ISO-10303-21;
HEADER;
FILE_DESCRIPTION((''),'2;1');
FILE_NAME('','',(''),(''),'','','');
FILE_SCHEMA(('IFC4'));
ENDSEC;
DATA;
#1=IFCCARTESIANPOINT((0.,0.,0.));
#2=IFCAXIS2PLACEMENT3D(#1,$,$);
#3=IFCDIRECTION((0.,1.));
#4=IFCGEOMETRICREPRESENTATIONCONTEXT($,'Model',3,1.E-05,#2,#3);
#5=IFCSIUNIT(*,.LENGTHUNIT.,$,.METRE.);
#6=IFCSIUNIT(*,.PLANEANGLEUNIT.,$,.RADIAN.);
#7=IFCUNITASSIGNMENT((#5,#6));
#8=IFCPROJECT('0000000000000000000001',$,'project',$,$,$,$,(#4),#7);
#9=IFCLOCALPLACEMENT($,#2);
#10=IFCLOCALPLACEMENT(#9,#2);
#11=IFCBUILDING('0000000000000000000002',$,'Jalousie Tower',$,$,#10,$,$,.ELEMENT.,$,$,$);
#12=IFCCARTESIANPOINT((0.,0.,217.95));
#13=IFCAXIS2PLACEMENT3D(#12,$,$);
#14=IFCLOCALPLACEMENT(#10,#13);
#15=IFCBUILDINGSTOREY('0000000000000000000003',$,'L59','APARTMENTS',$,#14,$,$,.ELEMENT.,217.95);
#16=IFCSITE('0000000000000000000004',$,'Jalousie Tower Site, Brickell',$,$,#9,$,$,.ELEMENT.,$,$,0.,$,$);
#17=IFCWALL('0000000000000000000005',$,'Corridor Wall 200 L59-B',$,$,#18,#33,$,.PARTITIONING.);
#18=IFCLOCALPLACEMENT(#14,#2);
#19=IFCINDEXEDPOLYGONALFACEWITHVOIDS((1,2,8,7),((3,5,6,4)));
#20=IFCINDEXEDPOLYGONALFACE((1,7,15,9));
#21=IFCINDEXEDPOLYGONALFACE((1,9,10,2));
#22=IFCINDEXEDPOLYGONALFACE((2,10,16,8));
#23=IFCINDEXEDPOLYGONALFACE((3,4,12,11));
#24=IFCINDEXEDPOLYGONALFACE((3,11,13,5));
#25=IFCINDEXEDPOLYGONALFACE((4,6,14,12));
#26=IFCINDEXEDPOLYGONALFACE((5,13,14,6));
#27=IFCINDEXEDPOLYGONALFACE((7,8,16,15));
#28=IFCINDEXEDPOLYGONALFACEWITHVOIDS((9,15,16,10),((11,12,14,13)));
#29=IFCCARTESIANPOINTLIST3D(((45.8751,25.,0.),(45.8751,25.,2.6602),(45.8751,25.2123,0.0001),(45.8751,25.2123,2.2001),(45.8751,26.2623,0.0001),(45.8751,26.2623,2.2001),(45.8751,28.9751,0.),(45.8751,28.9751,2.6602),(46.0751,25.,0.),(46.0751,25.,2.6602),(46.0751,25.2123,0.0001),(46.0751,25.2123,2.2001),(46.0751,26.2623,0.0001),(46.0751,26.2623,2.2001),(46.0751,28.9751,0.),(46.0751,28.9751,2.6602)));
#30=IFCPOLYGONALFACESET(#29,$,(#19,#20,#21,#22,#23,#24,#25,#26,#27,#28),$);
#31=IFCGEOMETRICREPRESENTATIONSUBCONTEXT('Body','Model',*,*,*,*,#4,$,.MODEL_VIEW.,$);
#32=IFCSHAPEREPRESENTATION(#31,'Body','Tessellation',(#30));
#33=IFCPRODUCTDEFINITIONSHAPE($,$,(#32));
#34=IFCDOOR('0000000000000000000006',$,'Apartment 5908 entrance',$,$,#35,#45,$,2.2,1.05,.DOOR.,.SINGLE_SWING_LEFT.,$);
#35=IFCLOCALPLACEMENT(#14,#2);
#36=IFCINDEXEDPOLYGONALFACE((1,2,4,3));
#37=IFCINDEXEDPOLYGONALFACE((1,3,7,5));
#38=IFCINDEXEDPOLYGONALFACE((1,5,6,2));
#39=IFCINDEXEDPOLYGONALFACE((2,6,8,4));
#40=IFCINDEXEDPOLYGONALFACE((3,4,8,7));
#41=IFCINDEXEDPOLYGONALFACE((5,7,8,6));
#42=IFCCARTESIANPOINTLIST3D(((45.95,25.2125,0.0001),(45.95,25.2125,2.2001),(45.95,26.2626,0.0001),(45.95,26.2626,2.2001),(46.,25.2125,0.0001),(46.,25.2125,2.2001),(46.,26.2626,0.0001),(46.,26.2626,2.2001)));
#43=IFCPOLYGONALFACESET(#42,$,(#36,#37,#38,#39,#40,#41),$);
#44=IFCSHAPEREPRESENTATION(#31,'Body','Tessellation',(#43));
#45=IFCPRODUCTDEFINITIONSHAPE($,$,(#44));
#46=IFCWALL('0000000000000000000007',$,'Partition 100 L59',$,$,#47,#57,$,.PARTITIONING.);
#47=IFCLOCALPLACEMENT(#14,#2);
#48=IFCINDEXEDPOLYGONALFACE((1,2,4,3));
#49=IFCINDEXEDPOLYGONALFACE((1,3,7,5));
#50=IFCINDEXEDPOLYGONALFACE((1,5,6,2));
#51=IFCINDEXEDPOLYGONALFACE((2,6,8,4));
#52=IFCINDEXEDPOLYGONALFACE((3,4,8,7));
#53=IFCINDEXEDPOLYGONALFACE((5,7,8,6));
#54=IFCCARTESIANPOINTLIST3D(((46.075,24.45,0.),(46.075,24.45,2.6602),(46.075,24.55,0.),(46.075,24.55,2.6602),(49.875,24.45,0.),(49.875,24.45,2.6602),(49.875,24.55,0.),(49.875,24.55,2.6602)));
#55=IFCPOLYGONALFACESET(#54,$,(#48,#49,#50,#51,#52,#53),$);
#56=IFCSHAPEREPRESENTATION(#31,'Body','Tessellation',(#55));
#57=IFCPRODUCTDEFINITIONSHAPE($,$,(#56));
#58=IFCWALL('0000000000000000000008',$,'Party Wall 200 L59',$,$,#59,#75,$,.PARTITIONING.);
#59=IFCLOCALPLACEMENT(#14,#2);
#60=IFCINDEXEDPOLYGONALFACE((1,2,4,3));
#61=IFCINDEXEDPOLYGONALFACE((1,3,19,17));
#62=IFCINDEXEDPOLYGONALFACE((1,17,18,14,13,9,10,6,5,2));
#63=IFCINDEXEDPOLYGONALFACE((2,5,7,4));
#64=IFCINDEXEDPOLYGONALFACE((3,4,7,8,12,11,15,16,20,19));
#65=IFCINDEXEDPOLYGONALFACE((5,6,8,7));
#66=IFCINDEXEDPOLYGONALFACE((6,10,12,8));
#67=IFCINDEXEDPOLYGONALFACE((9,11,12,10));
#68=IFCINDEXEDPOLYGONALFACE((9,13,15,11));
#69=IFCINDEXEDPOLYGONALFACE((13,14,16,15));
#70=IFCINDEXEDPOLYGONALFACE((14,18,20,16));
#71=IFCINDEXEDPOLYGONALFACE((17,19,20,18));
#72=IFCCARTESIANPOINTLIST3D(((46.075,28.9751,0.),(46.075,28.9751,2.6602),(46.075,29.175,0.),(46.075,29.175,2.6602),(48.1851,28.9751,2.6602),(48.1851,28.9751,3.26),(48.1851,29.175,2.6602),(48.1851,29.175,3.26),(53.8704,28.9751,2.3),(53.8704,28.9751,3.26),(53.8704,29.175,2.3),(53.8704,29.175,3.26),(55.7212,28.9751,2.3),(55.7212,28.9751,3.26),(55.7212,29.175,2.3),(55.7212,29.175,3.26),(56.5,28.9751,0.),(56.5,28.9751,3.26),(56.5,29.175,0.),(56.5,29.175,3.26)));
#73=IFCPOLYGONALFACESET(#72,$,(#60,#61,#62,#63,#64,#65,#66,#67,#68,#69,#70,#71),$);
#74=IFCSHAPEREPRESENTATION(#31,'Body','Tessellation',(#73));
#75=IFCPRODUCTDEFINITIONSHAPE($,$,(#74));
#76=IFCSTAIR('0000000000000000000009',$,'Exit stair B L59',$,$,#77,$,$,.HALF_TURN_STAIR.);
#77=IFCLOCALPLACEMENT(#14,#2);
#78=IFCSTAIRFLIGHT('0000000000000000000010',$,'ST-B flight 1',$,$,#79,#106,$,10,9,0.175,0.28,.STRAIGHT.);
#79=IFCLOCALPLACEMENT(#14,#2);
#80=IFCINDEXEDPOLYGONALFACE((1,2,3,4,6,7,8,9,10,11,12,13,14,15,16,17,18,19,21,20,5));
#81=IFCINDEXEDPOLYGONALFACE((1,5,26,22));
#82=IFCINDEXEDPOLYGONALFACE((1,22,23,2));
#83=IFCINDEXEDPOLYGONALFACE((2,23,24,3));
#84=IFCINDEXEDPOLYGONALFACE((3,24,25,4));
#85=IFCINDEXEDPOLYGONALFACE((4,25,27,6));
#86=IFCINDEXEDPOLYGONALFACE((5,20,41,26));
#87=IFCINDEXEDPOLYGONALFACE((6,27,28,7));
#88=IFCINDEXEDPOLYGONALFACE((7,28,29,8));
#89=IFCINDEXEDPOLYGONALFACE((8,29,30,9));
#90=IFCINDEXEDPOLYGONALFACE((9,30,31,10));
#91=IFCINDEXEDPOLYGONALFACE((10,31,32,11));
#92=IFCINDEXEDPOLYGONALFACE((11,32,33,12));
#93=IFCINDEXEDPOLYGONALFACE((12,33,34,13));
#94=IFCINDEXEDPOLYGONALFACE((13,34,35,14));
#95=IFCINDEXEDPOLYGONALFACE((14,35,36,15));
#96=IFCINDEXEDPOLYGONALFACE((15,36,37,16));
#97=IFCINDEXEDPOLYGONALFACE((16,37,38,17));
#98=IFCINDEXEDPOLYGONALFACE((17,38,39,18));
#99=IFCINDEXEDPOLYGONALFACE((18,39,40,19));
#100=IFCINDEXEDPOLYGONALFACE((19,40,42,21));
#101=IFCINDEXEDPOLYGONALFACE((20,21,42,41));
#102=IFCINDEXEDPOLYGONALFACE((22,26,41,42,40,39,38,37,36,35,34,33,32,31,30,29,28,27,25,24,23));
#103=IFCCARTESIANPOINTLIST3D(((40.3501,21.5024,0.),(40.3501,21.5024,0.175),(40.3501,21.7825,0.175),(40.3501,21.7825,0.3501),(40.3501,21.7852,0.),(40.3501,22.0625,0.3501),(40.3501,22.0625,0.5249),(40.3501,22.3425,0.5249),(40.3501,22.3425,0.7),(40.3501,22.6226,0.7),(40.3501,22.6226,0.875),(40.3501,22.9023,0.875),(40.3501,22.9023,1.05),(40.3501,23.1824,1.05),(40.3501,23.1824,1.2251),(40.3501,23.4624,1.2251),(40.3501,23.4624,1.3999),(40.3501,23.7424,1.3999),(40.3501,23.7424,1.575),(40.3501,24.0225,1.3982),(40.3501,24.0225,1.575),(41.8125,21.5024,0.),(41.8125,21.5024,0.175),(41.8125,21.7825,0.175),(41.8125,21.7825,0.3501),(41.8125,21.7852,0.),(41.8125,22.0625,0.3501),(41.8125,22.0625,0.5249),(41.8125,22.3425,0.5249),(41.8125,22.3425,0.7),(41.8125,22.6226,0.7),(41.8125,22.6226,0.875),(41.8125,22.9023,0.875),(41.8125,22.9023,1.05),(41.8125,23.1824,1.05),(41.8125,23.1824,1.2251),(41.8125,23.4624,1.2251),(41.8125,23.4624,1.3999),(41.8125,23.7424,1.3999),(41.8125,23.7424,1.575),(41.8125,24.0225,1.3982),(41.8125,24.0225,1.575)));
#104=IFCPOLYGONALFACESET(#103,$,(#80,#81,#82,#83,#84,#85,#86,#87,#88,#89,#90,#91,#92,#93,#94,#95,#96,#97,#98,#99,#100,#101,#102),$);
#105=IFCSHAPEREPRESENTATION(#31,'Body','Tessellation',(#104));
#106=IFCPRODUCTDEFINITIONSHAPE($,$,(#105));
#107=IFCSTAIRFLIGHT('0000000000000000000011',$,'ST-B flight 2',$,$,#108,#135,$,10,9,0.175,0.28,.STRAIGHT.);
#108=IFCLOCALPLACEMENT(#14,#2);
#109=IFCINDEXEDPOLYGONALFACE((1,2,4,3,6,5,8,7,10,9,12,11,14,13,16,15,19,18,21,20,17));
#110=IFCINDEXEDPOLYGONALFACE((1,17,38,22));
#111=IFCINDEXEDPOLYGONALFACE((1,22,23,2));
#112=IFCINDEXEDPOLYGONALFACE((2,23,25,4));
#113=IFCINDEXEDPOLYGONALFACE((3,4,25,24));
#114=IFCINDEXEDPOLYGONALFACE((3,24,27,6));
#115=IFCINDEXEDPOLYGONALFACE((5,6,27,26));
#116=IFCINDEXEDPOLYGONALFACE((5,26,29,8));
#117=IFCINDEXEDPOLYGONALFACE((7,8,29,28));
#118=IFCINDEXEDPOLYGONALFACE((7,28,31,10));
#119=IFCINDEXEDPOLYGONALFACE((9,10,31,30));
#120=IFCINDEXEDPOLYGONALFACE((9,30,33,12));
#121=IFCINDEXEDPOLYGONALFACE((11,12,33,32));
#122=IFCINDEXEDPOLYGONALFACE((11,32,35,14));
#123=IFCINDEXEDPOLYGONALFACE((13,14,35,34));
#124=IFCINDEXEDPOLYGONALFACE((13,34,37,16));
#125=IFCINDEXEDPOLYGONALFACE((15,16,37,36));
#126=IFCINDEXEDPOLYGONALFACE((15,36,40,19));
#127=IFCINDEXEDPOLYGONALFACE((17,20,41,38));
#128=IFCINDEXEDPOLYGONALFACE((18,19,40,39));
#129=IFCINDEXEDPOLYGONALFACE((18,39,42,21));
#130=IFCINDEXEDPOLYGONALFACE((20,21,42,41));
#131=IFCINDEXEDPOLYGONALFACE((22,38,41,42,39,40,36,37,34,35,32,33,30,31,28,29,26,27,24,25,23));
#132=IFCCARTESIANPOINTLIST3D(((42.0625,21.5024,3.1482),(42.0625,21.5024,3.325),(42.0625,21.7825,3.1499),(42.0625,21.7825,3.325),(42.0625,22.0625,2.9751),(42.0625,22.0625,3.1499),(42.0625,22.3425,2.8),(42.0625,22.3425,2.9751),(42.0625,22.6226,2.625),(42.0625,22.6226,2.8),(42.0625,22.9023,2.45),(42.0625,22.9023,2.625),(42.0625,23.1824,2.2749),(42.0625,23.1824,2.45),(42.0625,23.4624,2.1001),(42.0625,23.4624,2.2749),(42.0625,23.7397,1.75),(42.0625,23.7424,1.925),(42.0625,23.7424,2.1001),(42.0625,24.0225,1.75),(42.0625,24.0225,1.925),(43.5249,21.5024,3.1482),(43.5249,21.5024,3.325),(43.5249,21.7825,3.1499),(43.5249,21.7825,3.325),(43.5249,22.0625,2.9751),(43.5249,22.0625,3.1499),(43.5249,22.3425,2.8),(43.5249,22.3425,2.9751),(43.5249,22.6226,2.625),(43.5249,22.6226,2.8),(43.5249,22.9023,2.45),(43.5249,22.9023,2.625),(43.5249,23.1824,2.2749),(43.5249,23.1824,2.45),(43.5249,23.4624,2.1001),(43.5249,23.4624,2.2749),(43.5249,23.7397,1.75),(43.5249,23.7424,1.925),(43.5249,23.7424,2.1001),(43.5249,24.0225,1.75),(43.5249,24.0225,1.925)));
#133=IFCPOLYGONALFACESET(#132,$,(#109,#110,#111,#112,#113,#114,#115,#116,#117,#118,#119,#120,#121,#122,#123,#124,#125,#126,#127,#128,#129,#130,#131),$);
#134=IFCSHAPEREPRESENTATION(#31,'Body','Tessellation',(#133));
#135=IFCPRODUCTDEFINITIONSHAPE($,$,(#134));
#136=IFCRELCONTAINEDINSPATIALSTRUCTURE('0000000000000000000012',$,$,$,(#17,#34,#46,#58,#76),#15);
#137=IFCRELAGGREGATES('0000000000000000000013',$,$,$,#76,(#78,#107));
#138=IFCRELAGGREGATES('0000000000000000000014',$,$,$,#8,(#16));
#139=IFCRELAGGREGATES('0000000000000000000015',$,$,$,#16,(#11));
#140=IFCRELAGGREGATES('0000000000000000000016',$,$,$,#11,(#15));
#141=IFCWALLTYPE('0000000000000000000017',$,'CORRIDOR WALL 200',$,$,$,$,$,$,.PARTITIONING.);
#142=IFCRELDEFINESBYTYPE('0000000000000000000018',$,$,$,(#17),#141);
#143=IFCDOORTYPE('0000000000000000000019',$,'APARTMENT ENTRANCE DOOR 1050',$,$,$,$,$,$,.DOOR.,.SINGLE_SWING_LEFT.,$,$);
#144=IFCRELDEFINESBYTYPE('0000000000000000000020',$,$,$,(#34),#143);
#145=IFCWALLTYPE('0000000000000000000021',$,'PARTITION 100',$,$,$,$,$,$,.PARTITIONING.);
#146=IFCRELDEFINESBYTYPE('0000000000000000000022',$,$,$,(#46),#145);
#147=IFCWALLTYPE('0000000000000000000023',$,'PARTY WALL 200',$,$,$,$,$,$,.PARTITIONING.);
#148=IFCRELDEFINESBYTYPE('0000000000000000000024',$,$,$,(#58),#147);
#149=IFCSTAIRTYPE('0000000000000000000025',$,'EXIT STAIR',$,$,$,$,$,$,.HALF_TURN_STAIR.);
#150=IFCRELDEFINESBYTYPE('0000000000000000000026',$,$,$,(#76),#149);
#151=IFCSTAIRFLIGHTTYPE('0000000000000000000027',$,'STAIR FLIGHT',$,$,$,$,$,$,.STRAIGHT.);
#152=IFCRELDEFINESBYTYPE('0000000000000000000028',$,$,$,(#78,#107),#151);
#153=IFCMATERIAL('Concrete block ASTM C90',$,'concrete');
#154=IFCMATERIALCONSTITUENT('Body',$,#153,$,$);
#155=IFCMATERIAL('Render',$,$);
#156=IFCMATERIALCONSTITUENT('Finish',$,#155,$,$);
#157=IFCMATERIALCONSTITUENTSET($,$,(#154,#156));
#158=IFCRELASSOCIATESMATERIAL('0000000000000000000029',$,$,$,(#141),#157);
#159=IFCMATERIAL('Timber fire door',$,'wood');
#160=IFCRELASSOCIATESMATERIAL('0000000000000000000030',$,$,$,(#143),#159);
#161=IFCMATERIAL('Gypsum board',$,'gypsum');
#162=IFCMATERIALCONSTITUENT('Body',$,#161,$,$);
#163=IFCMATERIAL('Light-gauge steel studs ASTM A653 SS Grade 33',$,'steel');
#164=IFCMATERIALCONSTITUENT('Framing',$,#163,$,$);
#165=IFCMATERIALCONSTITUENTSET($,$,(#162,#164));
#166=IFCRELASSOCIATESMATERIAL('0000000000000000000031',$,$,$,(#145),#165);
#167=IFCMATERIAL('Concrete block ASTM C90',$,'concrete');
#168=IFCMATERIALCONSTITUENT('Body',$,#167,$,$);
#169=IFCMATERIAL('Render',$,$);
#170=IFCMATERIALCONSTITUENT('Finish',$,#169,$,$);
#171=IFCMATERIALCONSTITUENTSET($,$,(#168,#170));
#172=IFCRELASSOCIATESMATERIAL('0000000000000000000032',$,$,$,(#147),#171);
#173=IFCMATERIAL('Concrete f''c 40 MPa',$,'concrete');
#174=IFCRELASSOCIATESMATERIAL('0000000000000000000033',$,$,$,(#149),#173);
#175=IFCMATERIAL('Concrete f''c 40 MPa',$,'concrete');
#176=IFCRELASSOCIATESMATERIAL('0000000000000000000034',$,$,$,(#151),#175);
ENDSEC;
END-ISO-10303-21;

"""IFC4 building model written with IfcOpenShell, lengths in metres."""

from ifc_helpers import new_model, si_unit, direction, frame, frame_2d, origin, place, context, subcontext, project, spatial, polyline, rectangle, outline, extrude, material, constituent, constituent_set, type_object, element, fill, aggregate, save


model = new_model("IFC4")

# Units and contexts
model_context = context("Model", 3, precision=1e-05, world=origin(), true_north=direction((0.0, 1.0)))
body_context = subcontext(model_context, "Body", "Model", "MODEL_VIEW")
ifc_project = project(units=[si_unit("LENGTHUNIT", "METRE"), si_unit("PLANEANGLEUNIT", "RADIAN")], contexts=[model_context])

# Site, building, storey
site_placement = place(None, origin())
site = spatial("IfcSite", under=ifc_project, at=site_placement, Name="Jalousie Tower Site, Brickell", CompositionType="ELEMENT", RefElevation=0.0)
building_placement = place(site_placement, origin())
building = spatial("IfcBuilding", under=site, at=building_placement, Name="Jalousie Tower", CompositionType="ELEMENT")
storey_placement = place(building_placement, frame((0.0, 0.0, 217.95)))
storey = spatial("IfcBuildingStorey", under=building, at=storey_placement, Name="L59", Description="APARTMENTS", CompositionType="ELEMENT", Elevation=217.95)

# Shared definitions
ifc_material_1 = material(Name="Concrete block ASTM C90", Category="concrete")
ifc_constituent_1 = constituent(ifc_material_1, Name="Body")
ifc_material_2 = material(Name="Render")
ifc_constituent_2 = constituent(ifc_material_2, Name="Finish")
ifc_constituent_set_1 = constituent_set(constituents=[ifc_constituent_1, ifc_constituent_2])
wall_type_1 = type_object("IfcWallType", Name="CORRIDOR WALL 200", PredefinedType="PARTITIONING", material=ifc_constituent_set_1)
ifc_material_3 = material(Name="Timber fire door", Category="wood")
door_type_1 = type_object("IfcDoorType", Name="APARTMENT ENTRANCE DOOR 1050", OperationType="SINGLE_SWING_LEFT", PredefinedType="DOOR", material=ifc_material_3)

# Wall, opening, door
wall_1_placement = place(storey_placement, frame((45.9751, 25.0, 0.0), z_axis=(0.0, 0.0, 1.0), x_axis=(0.0, 1.0, 0.0)))
wall_1 = element("IfcWall", 1, at=wall_1_placement, inside=storey, type_object=wall_type_1, Name="Corridor Wall 200 L59-B", PredefinedType="PARTITIONING", context=body_context, shape_type="SweptSolid", body=[
    extrude(rectangle(XDim=3.9751, YDim=0.2, at=frame_2d((1.9875, 0.0))), origin(), (0.0, 0.0, 1.0), 2.6602),
])
opening_1_placement = place(wall_1_placement, frame((0.2124, 0.0, 0.0)))
opening_1 = element("IfcOpeningElement", 2, at=opening_1_placement, cuts=wall_1, PredefinedType="OPENING", context=body_context, shape_type="SweptSolid", body=[
    extrude(rectangle(XDim=1.05, YDim=2.2, at=frame_2d((0.5249, 1.1001))), frame((0.0, 0.1099, 0.0), z_axis=(0.0, -1.0, 0.0), x_axis=(1.0, 0.0, 0.0)), (0.0, 0.0, 1.0), 0.22),
])
door_1_placement = place(opening_1_placement, frame((1.05, 0.0, 0.0), z_axis=(0.0, 0.0, 1.0), x_axis=(-1.0, 0.0, 0.0)))
door_1 = element("IfcDoor", 3, at=door_1_placement, inside=storey, type_object=door_type_1, Name="Apartment 5908 entrance", OperationType="SINGLE_SWING_LEFT", OverallHeight=2.2, OverallWidth=1.05, PredefinedType="DOOR", context=body_context, shape_type="SweptSolid", body=[
    extrude(rectangle(XDim=1.05, YDim=2.2, at=frame_2d((0.5249, 1.1001))), frame((0.0, 0.0249, 0.0), z_axis=(0.0, -1.0, 0.0), x_axis=(1.0, 0.0, 0.0)), (0.0, 0.0, 1.0), 0.05),
])
fill(opening_1, door_1)

# Walls
ifc_material_4 = material(Name="Gypsum board", Category="gypsum")
ifc_constituent_3 = constituent(ifc_material_4, Name="Body")
ifc_material_5 = material(Name="Light-gauge steel studs ASTM A653 SS Grade 33", Category="steel")
ifc_constituent_4 = constituent(ifc_material_5, Name="Framing")
ifc_constituent_set_2 = constituent_set(constituents=[ifc_constituent_3, ifc_constituent_4])
wall_type_2 = type_object("IfcWallType", Name="PARTITION 100", PredefinedType="PARTITIONING", material=ifc_constituent_set_2)
wall_2_placement = place(storey_placement, frame((46.075, 24.5, 0.0), z_axis=(0.0, 0.0, 1.0), x_axis=(1.0, 0.0, 0.0)))
element("IfcWall", 4, at=wall_2_placement, inside=storey, type_object=wall_type_2, Name="Partition 100 L59", PredefinedType="PARTITIONING", context=body_context, shape_type="SweptSolid", body=[
    extrude(outline(polyline([(0.0, 0.0), (3.8, 0.0), (3.8, 3.26), (3.8, 2.6602), (0.0, 2.6602), (0.0, 3.26), (0.0, 0.0)])), frame((0.0, 0.05, 0.0), z_axis=(0.0, -1.0, 0.0), x_axis=(1.0, 0.0, 0.0)), (0.0, 0.0, 1.0), 0.1001),
])
ifc_material_6 = material(Name="Concrete block ASTM C90", Category="concrete")
ifc_constituent_5 = constituent(ifc_material_6, Name="Body")
ifc_material_7 = material(Name="Render")
ifc_constituent_6 = constituent(ifc_material_7, Name="Finish")
ifc_constituent_set_3 = constituent_set(constituents=[ifc_constituent_5, ifc_constituent_6])
wall_type_3 = type_object("IfcWallType", Name="PARTY WALL 200", PredefinedType="PARTITIONING", material=ifc_constituent_set_3)
wall_3_placement = place(storey_placement, frame((46.075, 29.075, 0.0), z_axis=(0.0, 0.0, 1.0), x_axis=(1.0, 0.0, 0.0)))
element("IfcWall", 5, at=wall_3_placement, inside=storey, type_object=wall_type_3, Name="Party Wall 200 L59", PredefinedType="PARTITIONING", context=body_context, shape_type="SweptSolid", body=[
    extrude(outline(polyline([(0.0, 0.0), (10.425, 0.0), (10.425, 3.26), (9.6462, 3.26), (9.6462, 2.3), (7.7954, 2.3), (7.7954, 3.26), (2.1101, 3.26), (2.1101, 2.6602), (0.0, 2.6602), (0.0, 3.26), (0.0, 0.0)])), frame((0.0, 0.1001, 0.0), z_axis=(0.0, -1.0, 0.0), x_axis=(1.0, 0.0, 0.0)), (0.0, 0.0, 1.0), 0.2),
])

# Stair, stair flights
ifc_material_8 = material(Name="Concrete f'c 40 MPa", Category="concrete")
stair_type = type_object("IfcStairType", Name="EXIT STAIR", PredefinedType="HALF_TURN_STAIR", material=ifc_material_8)
stair_placement = place(storey_placement, origin())
stair = element("IfcStair", 6, at=stair_placement, inside=storey, type_object=stair_type, Name="Exit stair B L59", PredefinedType="HALF_TURN_STAIR")
ifc_material_9 = material(Name="Concrete f'c 40 MPa", Category="concrete")
stair_flight_type = type_object("IfcStairFlightType", Name="STAIR FLIGHT", PredefinedType="STRAIGHT", material=ifc_material_9)
stair_flight_1_placement = place(storey_placement, frame((41.0813, 21.5024, 0.0), z_axis=(0.0, 0.0, 1.0), x_axis=(0.0, 1.0, 0.0)))
stair_flight_1 = element("IfcStairFlight", 7, at=stair_flight_1_placement, type_object=stair_flight_type, Name="ST-B flight 1", NumberOfRisers=10, NumberOfTreads=9, PredefinedType="STRAIGHT", RiserHeight=0.175, TreadLength=0.28, context=body_context, shape_type="SweptSolid", body=[
    extrude(outline(polyline([(0.0, 0.0), (0.0, 0.175), (0.28, 0.175), (0.28, 0.3501), (0.5601, 0.3501), (0.5601, 0.5249), (0.8401, 0.5249), (0.8401, 0.7), (1.1201, 0.7), (1.1201, 0.875), (1.3999, 0.875), (1.3999, 1.05), (1.6799, 1.05), (1.6799, 1.2251), (1.96, 1.2251), (1.96, 1.3999), (2.24, 1.3999), (2.24, 1.575), (2.52, 1.575), (2.52, 1.75), (2.52, 1.3982), (0.2827, 0.0), (0.0, 0.0)])), frame((0.0, 0.7312, 0.0), z_axis=(0.0, -1.0, 0.0), x_axis=(1.0, 0.0, 0.0)), (0.0, 0.0, 1.0), 1.4624),
])
stair_flight_2_placement = place(storey_placement, frame((42.7937, 24.0225, 1.75), z_axis=(0.0, 0.0, 1.0), x_axis=(0.0, -1.0, 0.0)))
stair_flight_2 = element("IfcStairFlight", 8, at=stair_flight_2_placement, type_object=stair_flight_type, Name="ST-B flight 2", NumberOfRisers=10, NumberOfTreads=9, PredefinedType="STRAIGHT", RiserHeight=0.175, TreadLength=0.28, context=body_context, shape_type="SweptSolid", body=[
    extrude(outline(polyline([(0.0, 0.0), (0.0, 0.175), (0.28, 0.175), (0.28, 0.3501), (0.5601, 0.3501), (0.5601, 0.5249), (0.8401, 0.5249), (0.8401, 0.7), (1.1201, 0.7), (1.1201, 0.875), (1.3999, 0.875), (1.3999, 1.05), (1.6799, 1.05), (1.6799, 1.2251), (1.96, 1.2251), (1.96, 1.3999), (2.24, 1.3999), (2.24, 1.575), (2.52, 1.575), (2.52, 1.75), (2.52, 1.3982), (0.2827, 0.0), (0.0, 0.0)])), frame((0.0, 0.7312, 0.0), z_axis=(0.0, -1.0, 0.0), x_axis=(1.0, 0.0, 0.0)), (0.0, 0.0, 1.0), 1.4624),
])
aggregate(stair, [stair_flight_1, stair_flight_2])

save(model, "model.ifc")
